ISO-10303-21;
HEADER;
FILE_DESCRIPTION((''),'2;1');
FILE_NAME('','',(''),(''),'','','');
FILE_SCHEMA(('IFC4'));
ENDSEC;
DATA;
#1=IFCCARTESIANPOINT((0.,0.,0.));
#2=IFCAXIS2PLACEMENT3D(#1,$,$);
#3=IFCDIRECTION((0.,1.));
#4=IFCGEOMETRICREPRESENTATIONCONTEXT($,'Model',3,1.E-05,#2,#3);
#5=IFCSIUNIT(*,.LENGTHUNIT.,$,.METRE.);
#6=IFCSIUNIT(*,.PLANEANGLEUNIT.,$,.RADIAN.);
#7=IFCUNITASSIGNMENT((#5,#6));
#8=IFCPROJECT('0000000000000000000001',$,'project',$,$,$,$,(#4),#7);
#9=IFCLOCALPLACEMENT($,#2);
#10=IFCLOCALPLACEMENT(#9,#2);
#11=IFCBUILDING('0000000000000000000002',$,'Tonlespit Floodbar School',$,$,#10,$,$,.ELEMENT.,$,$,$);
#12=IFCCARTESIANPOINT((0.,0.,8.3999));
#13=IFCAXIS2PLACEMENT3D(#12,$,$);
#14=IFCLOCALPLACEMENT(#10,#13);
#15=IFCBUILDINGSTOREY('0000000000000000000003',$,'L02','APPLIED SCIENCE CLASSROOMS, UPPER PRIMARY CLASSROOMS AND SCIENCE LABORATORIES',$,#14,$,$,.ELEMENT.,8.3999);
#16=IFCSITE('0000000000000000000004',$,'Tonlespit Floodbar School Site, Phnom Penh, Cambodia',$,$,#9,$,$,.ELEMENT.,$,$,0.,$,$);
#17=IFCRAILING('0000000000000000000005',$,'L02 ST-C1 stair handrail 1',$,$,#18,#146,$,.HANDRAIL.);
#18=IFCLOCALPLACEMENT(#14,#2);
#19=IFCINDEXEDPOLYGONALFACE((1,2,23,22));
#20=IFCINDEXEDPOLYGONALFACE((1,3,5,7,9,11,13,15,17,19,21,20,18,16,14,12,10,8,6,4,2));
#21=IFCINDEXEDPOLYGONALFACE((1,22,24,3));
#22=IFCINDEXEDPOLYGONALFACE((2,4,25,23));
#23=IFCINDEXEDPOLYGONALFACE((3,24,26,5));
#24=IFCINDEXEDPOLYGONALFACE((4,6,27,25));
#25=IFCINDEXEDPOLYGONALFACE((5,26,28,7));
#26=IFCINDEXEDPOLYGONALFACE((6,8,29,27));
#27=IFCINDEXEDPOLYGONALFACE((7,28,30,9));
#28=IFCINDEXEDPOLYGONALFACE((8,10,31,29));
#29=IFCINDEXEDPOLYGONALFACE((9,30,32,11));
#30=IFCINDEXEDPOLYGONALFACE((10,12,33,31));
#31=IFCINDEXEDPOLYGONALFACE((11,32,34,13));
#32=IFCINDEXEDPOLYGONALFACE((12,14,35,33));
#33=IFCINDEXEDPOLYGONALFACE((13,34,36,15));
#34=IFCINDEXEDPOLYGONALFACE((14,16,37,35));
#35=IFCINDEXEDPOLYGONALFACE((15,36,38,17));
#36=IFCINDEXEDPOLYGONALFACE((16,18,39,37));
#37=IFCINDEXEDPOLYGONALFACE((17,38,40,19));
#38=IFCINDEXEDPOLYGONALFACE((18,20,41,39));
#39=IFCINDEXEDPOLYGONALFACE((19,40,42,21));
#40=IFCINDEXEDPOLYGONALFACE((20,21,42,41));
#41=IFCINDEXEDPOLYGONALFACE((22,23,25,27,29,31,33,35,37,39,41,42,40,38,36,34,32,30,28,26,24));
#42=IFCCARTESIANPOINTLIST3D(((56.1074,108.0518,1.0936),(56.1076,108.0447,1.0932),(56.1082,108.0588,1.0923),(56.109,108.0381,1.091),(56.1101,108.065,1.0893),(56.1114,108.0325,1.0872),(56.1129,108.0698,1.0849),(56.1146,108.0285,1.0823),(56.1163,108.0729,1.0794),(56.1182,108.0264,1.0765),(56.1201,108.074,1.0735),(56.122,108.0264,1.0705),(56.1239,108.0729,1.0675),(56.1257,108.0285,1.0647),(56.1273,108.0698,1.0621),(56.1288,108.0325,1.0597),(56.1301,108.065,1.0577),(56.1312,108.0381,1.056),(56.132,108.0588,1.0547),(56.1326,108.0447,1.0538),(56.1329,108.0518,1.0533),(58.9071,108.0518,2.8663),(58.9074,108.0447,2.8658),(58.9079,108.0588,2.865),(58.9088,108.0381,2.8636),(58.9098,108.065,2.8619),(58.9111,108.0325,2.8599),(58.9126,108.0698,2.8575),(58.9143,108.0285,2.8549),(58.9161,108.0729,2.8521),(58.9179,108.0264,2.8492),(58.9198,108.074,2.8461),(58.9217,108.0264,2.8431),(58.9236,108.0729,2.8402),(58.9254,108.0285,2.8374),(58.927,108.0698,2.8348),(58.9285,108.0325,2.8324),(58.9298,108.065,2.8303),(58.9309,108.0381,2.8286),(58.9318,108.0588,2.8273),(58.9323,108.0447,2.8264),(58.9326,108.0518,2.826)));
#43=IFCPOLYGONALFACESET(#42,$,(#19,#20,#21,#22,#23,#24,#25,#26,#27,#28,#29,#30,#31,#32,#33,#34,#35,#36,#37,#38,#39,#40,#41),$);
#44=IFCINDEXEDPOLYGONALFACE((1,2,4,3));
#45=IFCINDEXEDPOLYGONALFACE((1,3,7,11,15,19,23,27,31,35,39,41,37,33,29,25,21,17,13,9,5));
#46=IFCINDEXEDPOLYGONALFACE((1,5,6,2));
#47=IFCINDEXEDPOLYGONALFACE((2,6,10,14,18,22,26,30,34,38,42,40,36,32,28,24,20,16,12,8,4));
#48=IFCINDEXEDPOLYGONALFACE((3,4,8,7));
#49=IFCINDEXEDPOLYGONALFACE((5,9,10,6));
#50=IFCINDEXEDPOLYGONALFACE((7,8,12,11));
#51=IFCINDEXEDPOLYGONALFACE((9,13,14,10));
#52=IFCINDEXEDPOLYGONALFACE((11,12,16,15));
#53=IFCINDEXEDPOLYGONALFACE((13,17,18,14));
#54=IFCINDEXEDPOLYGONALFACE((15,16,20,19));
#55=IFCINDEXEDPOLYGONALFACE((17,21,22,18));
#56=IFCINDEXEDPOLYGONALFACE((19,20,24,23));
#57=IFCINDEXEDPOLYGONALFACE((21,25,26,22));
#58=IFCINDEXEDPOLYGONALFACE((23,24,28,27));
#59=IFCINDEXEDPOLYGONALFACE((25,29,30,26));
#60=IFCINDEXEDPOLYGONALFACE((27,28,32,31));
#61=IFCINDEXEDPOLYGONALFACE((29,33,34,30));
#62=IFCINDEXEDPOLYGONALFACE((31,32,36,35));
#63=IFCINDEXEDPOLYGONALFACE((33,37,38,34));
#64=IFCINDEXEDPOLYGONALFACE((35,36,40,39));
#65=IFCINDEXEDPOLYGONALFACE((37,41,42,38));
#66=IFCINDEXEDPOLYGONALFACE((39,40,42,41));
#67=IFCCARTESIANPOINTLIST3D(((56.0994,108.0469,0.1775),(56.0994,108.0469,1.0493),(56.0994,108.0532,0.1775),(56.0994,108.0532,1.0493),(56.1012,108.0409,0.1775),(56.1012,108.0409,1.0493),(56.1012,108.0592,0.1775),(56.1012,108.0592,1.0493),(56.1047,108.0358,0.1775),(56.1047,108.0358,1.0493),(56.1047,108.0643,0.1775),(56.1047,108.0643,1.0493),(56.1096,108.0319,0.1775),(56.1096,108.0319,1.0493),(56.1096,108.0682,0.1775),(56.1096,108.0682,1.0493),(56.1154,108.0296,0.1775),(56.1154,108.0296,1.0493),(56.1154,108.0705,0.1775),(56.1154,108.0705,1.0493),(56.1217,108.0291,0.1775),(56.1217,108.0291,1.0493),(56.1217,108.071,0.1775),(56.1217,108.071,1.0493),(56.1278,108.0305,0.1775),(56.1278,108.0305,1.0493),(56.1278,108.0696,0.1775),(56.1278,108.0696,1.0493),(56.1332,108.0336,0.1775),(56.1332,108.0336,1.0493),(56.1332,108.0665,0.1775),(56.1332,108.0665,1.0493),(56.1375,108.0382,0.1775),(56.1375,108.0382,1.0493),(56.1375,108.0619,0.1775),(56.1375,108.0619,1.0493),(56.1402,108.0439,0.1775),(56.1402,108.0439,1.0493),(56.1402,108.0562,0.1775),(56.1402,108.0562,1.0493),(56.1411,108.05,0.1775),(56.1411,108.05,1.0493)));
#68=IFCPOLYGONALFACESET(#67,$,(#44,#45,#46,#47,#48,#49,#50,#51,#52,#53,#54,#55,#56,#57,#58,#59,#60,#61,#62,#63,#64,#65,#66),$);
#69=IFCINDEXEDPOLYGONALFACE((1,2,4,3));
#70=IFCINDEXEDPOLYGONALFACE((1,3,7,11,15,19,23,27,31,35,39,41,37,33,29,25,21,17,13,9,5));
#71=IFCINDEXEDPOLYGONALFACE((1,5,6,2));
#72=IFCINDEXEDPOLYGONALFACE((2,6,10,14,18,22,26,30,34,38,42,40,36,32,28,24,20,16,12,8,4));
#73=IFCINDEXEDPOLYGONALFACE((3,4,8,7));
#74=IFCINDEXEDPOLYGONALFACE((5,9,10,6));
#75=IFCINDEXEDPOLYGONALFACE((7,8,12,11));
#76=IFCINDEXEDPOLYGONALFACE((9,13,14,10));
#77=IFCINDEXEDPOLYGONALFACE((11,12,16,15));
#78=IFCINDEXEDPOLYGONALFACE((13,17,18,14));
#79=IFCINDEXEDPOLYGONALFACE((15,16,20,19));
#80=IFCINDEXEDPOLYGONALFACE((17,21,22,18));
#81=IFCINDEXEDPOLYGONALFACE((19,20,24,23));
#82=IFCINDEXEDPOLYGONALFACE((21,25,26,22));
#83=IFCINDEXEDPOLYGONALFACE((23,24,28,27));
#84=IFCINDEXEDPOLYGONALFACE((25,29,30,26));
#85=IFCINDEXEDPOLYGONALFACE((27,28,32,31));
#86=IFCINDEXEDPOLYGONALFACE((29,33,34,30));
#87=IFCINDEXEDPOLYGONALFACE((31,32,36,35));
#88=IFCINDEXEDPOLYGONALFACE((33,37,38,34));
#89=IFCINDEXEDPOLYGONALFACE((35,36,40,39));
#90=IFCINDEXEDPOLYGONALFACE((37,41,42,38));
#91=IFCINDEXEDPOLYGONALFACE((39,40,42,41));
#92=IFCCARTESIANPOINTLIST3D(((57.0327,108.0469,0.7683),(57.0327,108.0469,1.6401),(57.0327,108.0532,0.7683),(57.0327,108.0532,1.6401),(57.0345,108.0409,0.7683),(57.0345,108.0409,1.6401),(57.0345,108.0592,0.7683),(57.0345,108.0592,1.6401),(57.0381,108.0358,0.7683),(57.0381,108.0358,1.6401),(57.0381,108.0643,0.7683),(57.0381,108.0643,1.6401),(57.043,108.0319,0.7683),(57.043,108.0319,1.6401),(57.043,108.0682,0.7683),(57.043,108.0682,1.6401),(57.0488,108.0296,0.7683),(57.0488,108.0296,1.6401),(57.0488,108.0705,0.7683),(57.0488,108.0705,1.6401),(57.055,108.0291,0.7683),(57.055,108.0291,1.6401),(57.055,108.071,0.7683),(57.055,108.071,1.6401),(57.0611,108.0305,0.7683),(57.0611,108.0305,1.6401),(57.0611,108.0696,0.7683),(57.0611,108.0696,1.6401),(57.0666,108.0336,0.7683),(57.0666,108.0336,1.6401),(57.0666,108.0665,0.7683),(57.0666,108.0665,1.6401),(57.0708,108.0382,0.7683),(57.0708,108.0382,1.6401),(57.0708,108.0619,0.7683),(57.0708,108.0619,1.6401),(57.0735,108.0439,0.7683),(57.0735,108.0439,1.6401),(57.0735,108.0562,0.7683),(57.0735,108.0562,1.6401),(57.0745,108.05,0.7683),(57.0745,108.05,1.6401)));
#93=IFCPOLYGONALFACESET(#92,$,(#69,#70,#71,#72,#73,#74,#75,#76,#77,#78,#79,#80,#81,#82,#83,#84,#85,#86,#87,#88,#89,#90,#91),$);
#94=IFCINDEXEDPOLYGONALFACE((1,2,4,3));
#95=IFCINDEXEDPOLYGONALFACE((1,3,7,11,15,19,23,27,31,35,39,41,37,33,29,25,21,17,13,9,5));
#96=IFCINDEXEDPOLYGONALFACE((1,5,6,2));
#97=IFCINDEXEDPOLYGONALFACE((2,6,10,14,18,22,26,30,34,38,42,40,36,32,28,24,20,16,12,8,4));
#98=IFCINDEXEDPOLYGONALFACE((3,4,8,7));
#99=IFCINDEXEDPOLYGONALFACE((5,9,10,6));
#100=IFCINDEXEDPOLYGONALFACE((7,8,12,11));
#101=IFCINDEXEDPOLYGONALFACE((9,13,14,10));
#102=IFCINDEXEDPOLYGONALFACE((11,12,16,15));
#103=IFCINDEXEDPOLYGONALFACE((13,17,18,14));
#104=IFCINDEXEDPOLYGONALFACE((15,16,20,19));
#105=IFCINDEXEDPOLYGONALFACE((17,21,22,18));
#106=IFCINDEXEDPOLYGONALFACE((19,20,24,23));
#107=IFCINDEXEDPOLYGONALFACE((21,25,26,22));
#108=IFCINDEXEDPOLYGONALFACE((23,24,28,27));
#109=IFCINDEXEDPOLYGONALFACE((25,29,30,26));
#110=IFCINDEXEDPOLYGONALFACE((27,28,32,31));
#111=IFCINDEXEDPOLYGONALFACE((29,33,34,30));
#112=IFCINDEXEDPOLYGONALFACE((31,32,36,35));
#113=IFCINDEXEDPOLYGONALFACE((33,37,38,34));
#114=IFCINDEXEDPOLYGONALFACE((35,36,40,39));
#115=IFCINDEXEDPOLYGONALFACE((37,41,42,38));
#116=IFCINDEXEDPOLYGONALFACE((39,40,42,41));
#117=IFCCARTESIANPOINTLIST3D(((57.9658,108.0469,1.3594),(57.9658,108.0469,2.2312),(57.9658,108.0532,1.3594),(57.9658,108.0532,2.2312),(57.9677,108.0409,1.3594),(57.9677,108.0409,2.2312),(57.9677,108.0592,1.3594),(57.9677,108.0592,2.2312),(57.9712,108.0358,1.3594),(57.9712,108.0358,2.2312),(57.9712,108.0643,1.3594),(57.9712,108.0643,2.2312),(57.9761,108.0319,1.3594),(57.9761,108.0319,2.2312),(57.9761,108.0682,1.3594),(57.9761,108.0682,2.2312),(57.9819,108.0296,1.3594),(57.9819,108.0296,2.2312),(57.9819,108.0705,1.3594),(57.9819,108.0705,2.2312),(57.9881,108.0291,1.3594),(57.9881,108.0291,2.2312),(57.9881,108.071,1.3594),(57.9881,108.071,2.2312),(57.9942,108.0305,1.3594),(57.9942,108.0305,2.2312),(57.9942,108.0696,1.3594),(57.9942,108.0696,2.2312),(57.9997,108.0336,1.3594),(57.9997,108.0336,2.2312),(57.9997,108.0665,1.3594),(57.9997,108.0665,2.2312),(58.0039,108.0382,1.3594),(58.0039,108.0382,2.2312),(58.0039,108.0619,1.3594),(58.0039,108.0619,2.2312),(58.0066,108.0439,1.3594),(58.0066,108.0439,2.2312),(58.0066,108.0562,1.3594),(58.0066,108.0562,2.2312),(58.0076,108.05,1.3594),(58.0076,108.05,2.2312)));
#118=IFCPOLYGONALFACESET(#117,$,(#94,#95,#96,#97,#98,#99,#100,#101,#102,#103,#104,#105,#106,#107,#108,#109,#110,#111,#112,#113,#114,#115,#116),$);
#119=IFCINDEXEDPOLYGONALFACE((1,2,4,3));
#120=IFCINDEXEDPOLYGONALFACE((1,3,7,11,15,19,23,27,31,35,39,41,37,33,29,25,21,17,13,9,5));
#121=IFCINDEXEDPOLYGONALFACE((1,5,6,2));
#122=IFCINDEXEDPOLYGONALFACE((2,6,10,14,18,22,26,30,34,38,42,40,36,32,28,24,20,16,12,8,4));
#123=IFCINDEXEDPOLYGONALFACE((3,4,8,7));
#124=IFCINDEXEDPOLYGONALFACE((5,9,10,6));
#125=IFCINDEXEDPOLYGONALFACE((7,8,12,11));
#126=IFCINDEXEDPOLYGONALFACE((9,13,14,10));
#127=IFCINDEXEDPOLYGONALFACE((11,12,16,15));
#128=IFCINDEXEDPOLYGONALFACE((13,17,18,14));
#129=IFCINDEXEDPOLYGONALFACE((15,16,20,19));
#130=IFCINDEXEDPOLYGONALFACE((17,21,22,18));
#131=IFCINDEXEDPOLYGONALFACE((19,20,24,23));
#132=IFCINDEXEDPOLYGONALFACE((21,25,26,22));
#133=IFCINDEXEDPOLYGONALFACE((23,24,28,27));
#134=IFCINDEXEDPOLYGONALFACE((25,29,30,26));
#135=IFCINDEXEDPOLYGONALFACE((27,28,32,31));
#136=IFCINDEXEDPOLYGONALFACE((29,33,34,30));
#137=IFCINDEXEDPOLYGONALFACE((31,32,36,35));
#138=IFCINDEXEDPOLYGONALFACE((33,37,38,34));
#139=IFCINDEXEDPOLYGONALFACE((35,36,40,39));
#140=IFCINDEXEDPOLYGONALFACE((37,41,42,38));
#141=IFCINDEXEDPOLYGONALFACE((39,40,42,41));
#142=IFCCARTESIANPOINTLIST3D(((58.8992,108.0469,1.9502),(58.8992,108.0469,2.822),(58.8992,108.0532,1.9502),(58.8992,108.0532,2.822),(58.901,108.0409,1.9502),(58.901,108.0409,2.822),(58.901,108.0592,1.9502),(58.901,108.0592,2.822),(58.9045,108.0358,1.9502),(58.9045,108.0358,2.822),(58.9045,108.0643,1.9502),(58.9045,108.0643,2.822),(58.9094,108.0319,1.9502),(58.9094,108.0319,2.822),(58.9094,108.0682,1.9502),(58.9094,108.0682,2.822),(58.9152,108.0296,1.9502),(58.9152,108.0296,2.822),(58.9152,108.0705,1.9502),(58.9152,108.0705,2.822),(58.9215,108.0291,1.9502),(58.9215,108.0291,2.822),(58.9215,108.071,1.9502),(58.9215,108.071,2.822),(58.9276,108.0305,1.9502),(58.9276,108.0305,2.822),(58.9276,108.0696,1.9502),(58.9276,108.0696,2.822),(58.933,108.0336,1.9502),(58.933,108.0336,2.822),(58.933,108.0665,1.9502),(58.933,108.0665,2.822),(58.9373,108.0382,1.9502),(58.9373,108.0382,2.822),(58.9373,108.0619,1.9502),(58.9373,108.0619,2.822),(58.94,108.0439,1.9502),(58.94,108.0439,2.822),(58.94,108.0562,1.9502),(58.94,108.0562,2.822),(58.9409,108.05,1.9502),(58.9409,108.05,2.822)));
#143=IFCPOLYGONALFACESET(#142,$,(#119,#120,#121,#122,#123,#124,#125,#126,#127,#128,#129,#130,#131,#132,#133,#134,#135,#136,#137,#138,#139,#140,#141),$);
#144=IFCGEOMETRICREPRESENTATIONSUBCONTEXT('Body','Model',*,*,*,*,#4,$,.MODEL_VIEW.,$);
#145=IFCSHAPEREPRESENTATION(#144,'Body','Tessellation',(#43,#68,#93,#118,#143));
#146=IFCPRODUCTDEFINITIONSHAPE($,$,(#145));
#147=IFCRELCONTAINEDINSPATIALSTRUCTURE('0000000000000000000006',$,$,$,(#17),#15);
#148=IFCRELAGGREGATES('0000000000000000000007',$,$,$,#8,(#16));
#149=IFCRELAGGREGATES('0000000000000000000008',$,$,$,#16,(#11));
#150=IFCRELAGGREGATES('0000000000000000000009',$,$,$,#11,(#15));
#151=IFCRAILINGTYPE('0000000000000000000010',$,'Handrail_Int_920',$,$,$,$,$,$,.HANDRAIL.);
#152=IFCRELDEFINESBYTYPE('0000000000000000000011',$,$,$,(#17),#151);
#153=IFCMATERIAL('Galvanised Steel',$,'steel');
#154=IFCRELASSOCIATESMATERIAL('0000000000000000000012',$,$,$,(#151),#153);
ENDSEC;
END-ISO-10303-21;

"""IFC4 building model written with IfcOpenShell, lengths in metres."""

from ifc_helpers import new_model, si_unit, direction, frame, origin, origin_2d, place, context, subcontext, project, spatial, circle, extrude, material, type_object, element, save


model = new_model("IFC4")

# Units and contexts
model_context = context("Model", 3, precision=1e-05, world=origin(), true_north=direction((0.0, 1.0)))
body_context = subcontext(model_context, "Body", "Model", "MODEL_VIEW")
ifc_project = project(units=[si_unit("LENGTHUNIT", "METRE"), si_unit("PLANEANGLEUNIT", "RADIAN")], contexts=[model_context])

# Site, building, storey
site_placement = place(None, origin())
site = spatial("IfcSite", under=ifc_project, at=site_placement, Name="Tonlespit Floodbar School Site, Phnom Penh, Cambodia", CompositionType="ELEMENT", RefElevation=0.0)
building_placement = place(site_placement, origin())
building = spatial("IfcBuilding", under=site, at=building_placement, Name="Tonlespit Floodbar School", CompositionType="ELEMENT")
storey_placement = place(building_placement, frame((0.0, 0.0, 8.3999)))
storey = spatial("IfcBuildingStorey", under=building, at=storey_placement, Name="L02", Description="APPLIED SCIENCE CLASSROOMS, UPPER PRIMARY CLASSROOMS AND SCIENCE LABORATORIES", CompositionType="ELEMENT", Elevation=8.3999)

# Shared definitions
ifc_material_1 = material(Name="Galvanised Steel", Category="steel")

# Railing
railing_type_1 = type_object("IfcRailingType", Name="Handrail_Int_920", PredefinedType="HANDRAIL", material=ifc_material_1)
railing_1_placement = place(storey_placement, frame((56.1201, 108.05, 0.1775)))
element("IfcRailing", 1, at=railing_1_placement, inside=storey, type_object=railing_type_1, Name="L02 ST-C1 stair handrail 1", PredefinedType="HANDRAIL", context=body_context, shape_type="SweptSolid", body=[
    extrude(circle(Radius=0.0239, at=origin_2d()), frame((0.0, 0.0, 0.896), z_axis=(0.844888, 0.0, 0.534943), x_axis=(0.0, 1.0, 0.0)), (0.0, 0.0, 1.0), 3.3137),
    extrude(circle(Radius=0.021, at=origin_2d()), origin(), (0.0, 0.0, 1.0), 0.8718),
    extrude(circle(Radius=0.021, at=origin_2d()), frame((0.9333, 0.0, 0.5908)), (0.0, 0.0, 1.0), 0.8718),
    extrude(circle(Radius=0.021, at=origin_2d()), frame((1.8665, 0.0, 1.1819)), (0.0, 0.0, 1.0), 0.8718),
    extrude(circle(Radius=0.021, at=origin_2d()), frame((2.7998, 0.0, 1.7727)), (0.0, 0.0, 1.0), 0.8718),
])

save(model, "model.ifc")
